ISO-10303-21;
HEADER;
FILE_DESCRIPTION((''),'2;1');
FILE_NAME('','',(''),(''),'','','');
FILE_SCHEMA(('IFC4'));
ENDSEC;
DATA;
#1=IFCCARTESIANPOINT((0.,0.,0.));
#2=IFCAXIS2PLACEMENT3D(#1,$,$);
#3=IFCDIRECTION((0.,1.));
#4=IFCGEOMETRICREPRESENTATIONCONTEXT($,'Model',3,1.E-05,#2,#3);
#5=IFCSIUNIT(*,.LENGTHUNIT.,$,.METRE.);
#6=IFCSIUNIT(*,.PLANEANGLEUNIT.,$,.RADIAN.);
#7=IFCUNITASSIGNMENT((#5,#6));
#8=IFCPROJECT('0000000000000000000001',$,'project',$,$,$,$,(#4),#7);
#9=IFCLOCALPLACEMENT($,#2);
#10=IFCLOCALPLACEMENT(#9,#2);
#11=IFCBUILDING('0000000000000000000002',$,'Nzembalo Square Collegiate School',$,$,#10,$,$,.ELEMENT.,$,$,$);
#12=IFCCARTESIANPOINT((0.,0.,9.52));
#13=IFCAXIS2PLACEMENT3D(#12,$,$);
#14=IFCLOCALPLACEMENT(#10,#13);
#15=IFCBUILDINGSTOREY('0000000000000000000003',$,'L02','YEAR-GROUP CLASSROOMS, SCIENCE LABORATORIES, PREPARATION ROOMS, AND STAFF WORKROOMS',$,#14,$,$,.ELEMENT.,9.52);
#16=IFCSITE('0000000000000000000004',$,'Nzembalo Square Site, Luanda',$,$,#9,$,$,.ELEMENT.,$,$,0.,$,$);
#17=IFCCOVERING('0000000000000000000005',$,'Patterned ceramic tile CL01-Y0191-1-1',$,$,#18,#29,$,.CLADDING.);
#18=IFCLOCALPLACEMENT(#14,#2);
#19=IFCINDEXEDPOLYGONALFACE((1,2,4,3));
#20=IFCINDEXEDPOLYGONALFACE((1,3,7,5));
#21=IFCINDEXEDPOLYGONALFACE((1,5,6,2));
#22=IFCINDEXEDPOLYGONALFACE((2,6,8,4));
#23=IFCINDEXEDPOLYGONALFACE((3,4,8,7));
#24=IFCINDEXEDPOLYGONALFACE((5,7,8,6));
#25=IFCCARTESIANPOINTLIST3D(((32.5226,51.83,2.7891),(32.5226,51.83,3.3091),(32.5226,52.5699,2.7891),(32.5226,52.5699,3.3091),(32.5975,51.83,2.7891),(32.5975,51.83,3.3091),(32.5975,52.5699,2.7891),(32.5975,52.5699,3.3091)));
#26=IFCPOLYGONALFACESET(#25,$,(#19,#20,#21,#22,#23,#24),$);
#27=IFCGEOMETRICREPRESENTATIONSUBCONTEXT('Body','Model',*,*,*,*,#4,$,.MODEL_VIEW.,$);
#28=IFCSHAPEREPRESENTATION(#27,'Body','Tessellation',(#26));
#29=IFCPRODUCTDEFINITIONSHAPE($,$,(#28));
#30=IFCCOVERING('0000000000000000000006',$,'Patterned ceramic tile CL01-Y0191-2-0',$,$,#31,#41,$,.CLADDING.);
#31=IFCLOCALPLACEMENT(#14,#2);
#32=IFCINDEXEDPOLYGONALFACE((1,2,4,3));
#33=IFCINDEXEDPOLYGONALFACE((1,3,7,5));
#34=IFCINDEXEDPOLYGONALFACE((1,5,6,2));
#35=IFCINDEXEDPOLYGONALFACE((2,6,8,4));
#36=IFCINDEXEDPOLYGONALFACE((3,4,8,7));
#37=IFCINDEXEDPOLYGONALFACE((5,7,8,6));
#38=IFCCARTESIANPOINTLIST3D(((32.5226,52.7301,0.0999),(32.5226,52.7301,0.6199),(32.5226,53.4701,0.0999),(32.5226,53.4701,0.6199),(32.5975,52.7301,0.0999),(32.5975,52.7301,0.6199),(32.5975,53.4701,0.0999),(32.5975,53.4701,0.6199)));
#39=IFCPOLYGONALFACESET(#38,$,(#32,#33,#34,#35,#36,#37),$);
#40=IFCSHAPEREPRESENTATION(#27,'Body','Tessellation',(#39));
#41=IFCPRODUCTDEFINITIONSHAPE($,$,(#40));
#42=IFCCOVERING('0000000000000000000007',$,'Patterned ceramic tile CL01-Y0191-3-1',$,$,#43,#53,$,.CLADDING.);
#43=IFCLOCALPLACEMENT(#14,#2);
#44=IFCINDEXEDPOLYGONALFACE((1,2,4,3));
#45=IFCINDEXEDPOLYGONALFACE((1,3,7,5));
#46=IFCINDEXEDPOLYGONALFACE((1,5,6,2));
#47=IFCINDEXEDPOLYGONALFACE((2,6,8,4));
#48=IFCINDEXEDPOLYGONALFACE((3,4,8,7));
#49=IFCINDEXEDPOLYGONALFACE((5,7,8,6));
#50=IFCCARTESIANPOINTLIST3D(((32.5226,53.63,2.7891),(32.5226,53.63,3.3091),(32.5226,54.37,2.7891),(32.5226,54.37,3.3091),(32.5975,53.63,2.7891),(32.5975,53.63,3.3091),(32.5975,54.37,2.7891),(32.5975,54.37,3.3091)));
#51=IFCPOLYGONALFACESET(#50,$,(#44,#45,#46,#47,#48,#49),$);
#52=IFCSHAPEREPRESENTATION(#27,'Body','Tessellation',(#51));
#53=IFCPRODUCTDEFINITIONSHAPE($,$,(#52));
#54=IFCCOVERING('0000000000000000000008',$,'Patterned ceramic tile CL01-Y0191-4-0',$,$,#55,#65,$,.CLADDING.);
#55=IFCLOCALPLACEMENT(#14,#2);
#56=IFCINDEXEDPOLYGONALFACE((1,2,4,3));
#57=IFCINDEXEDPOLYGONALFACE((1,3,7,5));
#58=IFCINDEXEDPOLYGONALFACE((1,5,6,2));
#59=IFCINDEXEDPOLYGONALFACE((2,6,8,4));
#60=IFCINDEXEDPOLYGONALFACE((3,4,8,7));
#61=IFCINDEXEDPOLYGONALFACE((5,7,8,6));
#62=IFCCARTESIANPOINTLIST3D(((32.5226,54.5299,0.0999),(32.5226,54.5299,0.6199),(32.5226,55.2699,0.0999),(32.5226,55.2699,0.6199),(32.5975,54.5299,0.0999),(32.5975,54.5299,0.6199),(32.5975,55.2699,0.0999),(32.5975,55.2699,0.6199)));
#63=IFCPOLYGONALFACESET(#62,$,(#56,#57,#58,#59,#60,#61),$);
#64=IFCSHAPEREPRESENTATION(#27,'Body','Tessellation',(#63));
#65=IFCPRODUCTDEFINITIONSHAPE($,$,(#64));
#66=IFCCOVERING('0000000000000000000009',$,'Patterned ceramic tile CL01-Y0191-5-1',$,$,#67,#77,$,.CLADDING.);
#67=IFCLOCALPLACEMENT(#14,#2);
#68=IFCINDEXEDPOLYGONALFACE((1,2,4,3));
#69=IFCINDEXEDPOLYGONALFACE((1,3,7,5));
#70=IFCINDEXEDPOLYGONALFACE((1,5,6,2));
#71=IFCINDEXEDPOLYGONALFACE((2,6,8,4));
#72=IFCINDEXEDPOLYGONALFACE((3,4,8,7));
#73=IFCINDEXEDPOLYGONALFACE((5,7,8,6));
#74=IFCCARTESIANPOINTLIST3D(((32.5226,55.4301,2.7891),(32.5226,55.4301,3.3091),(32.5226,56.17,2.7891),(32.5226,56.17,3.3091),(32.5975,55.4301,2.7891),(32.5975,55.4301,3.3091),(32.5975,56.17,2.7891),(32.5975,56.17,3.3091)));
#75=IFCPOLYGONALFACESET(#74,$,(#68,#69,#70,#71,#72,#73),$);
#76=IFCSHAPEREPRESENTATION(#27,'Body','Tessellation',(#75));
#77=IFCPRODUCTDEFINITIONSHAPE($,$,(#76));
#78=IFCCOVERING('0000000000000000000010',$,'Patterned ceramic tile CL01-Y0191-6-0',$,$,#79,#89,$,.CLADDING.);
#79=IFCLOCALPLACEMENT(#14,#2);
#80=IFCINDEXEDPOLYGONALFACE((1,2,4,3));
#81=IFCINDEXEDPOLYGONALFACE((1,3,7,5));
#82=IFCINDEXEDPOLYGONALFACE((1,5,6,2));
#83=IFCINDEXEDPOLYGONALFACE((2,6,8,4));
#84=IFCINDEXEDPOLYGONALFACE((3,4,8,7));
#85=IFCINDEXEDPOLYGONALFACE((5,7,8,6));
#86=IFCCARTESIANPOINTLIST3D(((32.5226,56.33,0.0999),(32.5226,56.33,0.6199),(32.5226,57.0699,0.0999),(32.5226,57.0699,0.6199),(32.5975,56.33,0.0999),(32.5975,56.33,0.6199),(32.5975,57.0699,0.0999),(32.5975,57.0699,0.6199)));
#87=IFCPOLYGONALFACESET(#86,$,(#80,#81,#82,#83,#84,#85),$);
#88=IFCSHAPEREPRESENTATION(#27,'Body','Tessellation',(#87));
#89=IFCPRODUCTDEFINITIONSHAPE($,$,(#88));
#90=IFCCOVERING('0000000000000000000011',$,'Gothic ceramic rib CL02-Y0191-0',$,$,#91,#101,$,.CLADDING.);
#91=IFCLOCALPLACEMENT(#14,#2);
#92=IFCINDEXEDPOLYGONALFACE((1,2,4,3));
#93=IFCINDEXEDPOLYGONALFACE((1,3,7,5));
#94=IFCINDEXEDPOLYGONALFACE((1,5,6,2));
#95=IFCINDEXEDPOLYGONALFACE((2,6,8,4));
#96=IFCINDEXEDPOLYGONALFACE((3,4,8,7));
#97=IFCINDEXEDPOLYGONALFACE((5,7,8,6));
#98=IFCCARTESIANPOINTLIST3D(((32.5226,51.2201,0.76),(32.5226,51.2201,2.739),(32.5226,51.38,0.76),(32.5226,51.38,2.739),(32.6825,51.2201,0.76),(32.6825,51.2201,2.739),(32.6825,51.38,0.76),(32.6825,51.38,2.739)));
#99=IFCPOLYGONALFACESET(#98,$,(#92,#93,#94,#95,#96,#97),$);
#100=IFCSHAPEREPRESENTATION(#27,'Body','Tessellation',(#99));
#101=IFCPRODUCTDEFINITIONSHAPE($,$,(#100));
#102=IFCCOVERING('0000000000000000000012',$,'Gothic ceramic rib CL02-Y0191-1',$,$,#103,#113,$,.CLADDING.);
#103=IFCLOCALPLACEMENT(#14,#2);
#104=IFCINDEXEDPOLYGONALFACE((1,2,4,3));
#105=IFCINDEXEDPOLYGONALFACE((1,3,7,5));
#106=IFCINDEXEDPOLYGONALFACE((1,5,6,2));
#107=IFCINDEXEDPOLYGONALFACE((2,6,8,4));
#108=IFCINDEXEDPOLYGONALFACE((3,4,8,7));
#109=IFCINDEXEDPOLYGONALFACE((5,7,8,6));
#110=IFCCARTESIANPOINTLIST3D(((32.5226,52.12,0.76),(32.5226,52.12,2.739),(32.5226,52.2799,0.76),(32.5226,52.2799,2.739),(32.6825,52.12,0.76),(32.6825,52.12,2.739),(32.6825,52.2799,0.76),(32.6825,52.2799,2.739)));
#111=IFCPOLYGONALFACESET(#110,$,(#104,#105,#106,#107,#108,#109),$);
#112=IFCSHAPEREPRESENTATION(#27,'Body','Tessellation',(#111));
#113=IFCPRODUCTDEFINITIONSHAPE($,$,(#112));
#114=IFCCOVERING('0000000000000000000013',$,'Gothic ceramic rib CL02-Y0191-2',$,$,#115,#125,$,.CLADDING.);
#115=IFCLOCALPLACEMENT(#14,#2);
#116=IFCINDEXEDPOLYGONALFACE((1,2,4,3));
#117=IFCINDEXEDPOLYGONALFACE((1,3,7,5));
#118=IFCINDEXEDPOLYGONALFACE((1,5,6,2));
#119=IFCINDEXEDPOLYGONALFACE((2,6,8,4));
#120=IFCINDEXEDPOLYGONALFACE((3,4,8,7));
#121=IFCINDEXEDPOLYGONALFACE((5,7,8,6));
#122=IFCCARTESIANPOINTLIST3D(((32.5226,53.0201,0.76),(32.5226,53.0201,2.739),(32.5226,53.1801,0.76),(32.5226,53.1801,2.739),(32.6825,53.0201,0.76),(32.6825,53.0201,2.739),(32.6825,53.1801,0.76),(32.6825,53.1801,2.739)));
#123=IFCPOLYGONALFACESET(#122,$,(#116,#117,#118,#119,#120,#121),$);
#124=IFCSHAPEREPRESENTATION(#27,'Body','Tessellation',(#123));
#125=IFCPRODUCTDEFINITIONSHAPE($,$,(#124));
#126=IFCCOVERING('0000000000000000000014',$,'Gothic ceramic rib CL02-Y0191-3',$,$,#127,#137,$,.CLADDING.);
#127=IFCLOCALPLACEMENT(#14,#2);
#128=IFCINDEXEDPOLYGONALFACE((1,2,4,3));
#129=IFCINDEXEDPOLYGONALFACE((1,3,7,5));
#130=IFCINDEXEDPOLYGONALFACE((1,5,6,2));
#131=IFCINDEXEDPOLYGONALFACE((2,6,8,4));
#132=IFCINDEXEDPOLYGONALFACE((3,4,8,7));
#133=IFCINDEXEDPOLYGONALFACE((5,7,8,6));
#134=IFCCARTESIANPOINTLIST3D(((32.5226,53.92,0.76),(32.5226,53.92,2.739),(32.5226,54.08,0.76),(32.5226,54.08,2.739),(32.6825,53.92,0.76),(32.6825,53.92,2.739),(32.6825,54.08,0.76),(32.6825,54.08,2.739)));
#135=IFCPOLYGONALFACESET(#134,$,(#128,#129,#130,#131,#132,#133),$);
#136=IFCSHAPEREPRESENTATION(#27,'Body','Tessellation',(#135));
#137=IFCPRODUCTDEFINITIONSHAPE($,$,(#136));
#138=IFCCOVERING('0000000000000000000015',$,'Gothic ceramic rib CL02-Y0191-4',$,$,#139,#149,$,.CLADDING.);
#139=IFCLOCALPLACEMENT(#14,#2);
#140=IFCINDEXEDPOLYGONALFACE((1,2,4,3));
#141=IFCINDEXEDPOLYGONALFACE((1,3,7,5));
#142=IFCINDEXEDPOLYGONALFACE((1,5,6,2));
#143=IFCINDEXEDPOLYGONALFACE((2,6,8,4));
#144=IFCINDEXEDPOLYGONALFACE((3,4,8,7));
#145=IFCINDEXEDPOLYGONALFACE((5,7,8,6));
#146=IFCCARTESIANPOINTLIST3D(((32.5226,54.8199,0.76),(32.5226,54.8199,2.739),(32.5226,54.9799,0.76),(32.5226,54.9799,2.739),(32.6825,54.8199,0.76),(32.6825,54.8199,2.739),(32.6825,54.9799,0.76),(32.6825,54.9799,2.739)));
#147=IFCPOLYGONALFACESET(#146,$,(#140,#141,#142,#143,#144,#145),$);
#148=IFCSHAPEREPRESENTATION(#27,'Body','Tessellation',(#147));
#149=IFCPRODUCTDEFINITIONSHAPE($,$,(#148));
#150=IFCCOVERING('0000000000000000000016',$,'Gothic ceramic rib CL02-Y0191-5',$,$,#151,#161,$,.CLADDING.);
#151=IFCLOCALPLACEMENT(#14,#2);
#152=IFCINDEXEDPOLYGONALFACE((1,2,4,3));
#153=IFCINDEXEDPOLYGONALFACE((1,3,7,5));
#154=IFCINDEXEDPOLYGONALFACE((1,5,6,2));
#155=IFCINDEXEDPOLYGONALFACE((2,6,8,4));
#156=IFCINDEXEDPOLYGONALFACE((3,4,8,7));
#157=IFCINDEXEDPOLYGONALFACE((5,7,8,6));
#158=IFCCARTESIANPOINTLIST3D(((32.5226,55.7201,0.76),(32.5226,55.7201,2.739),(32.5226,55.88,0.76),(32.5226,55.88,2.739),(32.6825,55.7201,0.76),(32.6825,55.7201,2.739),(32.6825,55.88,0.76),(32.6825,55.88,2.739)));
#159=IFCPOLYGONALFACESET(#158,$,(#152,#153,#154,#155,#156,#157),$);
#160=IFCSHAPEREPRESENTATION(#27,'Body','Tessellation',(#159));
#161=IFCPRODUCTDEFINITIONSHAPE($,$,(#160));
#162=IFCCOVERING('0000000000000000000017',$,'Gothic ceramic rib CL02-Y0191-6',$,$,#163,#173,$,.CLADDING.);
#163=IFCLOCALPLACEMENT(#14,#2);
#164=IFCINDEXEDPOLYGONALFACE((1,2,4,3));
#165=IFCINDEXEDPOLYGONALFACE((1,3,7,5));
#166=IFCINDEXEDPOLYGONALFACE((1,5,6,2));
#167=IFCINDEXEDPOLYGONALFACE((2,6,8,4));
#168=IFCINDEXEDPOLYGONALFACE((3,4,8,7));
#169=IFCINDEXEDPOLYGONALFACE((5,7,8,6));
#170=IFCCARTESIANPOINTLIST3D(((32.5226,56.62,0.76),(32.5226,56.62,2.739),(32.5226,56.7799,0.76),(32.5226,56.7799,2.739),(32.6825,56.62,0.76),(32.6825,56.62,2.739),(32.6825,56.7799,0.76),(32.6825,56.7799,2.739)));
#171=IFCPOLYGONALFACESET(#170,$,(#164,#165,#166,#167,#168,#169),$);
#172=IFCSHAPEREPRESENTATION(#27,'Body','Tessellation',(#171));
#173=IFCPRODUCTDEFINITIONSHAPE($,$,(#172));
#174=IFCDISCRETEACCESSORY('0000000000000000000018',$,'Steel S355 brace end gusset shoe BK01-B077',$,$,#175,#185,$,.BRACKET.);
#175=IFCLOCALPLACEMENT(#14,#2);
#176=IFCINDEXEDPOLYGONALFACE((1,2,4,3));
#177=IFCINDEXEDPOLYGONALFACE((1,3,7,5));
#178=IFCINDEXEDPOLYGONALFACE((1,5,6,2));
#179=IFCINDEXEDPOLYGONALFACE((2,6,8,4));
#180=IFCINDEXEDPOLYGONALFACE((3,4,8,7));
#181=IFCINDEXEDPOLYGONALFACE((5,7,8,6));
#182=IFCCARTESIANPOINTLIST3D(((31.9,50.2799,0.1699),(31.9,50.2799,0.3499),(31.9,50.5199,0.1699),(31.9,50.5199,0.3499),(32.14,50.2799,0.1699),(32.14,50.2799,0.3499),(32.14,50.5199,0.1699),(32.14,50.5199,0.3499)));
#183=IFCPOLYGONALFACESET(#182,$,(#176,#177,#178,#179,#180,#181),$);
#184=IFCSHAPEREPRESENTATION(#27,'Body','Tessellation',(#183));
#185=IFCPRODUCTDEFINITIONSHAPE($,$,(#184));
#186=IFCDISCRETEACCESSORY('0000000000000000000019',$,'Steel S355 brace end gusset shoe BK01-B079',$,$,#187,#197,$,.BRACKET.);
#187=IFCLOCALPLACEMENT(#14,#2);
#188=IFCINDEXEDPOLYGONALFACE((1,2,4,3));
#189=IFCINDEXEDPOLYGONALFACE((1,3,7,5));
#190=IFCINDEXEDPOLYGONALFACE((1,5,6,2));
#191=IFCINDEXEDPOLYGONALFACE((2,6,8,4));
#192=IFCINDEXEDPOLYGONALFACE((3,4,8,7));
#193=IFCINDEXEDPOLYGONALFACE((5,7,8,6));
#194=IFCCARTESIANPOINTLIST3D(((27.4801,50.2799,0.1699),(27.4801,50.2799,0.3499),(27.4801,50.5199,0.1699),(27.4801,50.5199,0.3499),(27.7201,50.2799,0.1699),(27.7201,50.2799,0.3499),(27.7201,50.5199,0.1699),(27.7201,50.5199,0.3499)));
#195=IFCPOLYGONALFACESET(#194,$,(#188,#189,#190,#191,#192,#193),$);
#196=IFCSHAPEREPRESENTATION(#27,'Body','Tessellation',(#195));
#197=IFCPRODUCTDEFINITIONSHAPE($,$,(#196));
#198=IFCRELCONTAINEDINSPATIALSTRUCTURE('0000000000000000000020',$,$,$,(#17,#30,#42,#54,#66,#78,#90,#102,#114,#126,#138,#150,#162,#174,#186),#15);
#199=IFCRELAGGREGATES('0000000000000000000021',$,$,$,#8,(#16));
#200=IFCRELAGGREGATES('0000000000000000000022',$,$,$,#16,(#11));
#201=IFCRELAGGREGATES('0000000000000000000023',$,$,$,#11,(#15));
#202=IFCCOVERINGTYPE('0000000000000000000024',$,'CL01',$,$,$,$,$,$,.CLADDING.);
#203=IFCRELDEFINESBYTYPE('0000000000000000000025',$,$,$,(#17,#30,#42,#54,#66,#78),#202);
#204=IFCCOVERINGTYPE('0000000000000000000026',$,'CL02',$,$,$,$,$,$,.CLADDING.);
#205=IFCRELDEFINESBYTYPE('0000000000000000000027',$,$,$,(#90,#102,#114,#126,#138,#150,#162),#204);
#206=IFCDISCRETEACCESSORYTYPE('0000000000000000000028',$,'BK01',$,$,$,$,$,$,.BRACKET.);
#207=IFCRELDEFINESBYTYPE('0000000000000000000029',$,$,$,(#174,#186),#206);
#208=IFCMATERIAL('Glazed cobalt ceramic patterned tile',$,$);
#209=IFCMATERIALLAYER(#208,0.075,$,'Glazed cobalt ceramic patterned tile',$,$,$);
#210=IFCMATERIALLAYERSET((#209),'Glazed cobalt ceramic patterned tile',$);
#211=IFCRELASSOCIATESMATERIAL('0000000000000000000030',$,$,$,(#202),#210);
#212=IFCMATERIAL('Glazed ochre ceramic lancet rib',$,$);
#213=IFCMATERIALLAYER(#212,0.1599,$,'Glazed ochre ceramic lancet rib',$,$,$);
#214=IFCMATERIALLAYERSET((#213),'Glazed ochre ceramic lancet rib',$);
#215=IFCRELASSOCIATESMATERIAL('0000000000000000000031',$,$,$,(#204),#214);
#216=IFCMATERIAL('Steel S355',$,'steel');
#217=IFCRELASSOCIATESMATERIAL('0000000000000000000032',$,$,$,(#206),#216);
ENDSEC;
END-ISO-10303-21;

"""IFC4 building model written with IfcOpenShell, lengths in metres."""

from ifc_helpers import new_model, si_unit, direction, frame, origin, origin_2d, place, context, subcontext, project, spatial, rectangle, extrude, material, layer, layer_set, type_object, element, save


model = new_model("IFC4")

# Units and contexts
model_context = context("Model", 3, precision=1e-05, world=origin(), true_north=direction((0.0, 1.0)))
body_context = subcontext(model_context, "Body", "Model", "MODEL_VIEW")
ifc_project = project(units=[si_unit("LENGTHUNIT", "METRE"), si_unit("PLANEANGLEUNIT", "RADIAN")], contexts=[model_context])

# Site, building, storey
site_placement = place(None, origin())
site = spatial("IfcSite", under=ifc_project, at=site_placement, Name="Nzembalo Square Site, Luanda", CompositionType="ELEMENT", RefElevation=0.0)
building_placement = place(site_placement, origin())
building = spatial("IfcBuilding", under=site, at=building_placement, Name="Nzembalo Square Collegiate School", CompositionType="ELEMENT")
storey_placement = place(building_placement, frame((0.0, 0.0, 9.52)))
storey = spatial("IfcBuildingStorey", under=building, at=storey_placement, Name="L02", Description="YEAR-GROUP CLASSROOMS, SCIENCE LABORATORIES, PREPARATION ROOMS, AND STAFF WORKROOMS", CompositionType="ELEMENT", Elevation=9.52)

# Coverings
ifc_material_1 = material(Name="Glazed cobalt ceramic patterned tile")
ifc_layer_1 = layer(ifc_material_1, 0.075, Name="Glazed cobalt ceramic patterned tile")
ifc_layer_set_1 = layer_set([ifc_layer_1], Name="Glazed cobalt ceramic patterned tile")
covering_type_1 = type_object("IfcCoveringType", Name="CL01", PredefinedType="CLADDING", material=ifc_layer_set_1)
for number, where, z_axis, x_axis, name in (
    (1, (32.5601, 52.2, 2.7891), (0.0, 0.0, 1.0), (1.0, 0.0, 0.0), "Patterned ceramic tile CL01-Y0191-1-1"),
    (2, (32.5601, 53.1001, 0.0999), (0.0, 0.0, 1.0), (1.0, 0.0, 0.0), "Patterned ceramic tile CL01-Y0191-2-0"),
    (3, (32.5601, 54.0, 2.7891), (0.0, 0.0, 1.0), (1.0, 0.0, 0.0), "Patterned ceramic tile CL01-Y0191-3-1"),
    (4, (32.5601, 54.8999, 0.0999), (0.0, 0.0, 1.0), (1.0, 0.0, 0.0), "Patterned ceramic tile CL01-Y0191-4-0"),
    (5, (32.5601, 55.8, 2.7891), (0.0, 0.0, 1.0), (1.0, 0.0, 0.0), "Patterned ceramic tile CL01-Y0191-5-1"),
    (6, (32.5601, 56.7, 0.0999), (0.0, 0.0, 1.0), (1.0, 0.0, 0.0), "Patterned ceramic tile CL01-Y0191-6-0"),
):
    element("IfcCovering", number, at=place(storey_placement, frame(where, z_axis=z_axis, x_axis=x_axis)), inside=storey, type_object=covering_type_1, Name=name, PredefinedType="CLADDING", context=body_context, shape_type="SweptSolid", body=[
        extrude(rectangle(XDim=0.075, YDim=0.74, at=origin_2d()), origin(), (0.0, 0.0, 1.0), 0.52),
    ])
ifc_material_2 = material(Name="Glazed ochre ceramic lancet rib")
ifc_layer_2 = layer(ifc_material_2, 0.1599, Name="Glazed ochre ceramic lancet rib")
ifc_layer_set_2 = layer_set([ifc_layer_2], Name="Glazed ochre ceramic lancet rib")
covering_type_2 = type_object("IfcCoveringType", Name="CL02", PredefinedType="CLADDING", material=ifc_layer_set_2)
for number, where, z_axis, x_axis, name in (
    (7, (32.6025, 51.3, 0.76), (0.0, 0.0, 1.0), (1.0, 0.0, 0.0), "Gothic ceramic rib CL02-Y0191-0"),
    (8, (32.6025, 52.2, 0.76), (0.0, 0.0, 1.0), (1.0, 0.0, 0.0), "Gothic ceramic rib CL02-Y0191-1"),
    (9, (32.6025, 53.1001, 0.76), (0.0, 0.0, 1.0), (1.0, 0.0, 0.0), "Gothic ceramic rib CL02-Y0191-2"),
    (10, (32.6025, 54.0, 0.76), (0.0, 0.0, 1.0), (1.0, 0.0, 0.0), "Gothic ceramic rib CL02-Y0191-3"),
    (11, (32.6025, 54.8999, 0.76), (0.0, 0.0, 1.0), (1.0, 0.0, 0.0), "Gothic ceramic rib CL02-Y0191-4"),
    (12, (32.6025, 55.8, 0.76), (0.0, 0.0, 1.0), (1.0, 0.0, 0.0), "Gothic ceramic rib CL02-Y0191-5"),
    (13, (32.6025, 56.7, 0.76), (0.0, 0.0, 1.0), (1.0, 0.0, 0.0), "Gothic ceramic rib CL02-Y0191-6"),
):
    element("IfcCovering", number, at=place(storey_placement, frame(where, z_axis=z_axis, x_axis=x_axis)), inside=storey, type_object=covering_type_2, Name=name, PredefinedType="CLADDING", context=body_context, shape_type="SweptSolid", body=[
        extrude(rectangle(XDim=0.1599, YDim=0.1599, at=origin_2d()), origin(), (0.0, 0.0, 1.0), 1.979),
    ])

# Discrete accessories
ifc_material_3 = material(Name="Steel S355", Category="steel")
discrete_accessory_type = type_object("IfcDiscreteAccessoryType", Name="BK01", PredefinedType="BRACKET", material=ifc_material_3)
for number, where, z_axis, x_axis, name in (
    (14, (32.02, 50.3999, 0.1699), (0.0, 0.0, 1.0), (1.0, 0.0, 0.0), "Steel S355 brace end gusset shoe BK01-B077"),
    (15, (27.6001, 50.3999, 0.1699), (0.0, 0.0, 1.0), (1.0, 0.0, 0.0), "Steel S355 brace end gusset shoe BK01-B079"),
):
    element("IfcDiscreteAccessory", number, at=place(storey_placement, frame(where, z_axis=z_axis, x_axis=x_axis)), inside=storey, type_object=discrete_accessory_type, Name=name, PredefinedType="BRACKET", context=body_context, shape_type="SweptSolid", body=[
        extrude(rectangle(XDim=0.24, YDim=0.24, at=origin_2d()), origin(), (0.0, 0.0, 1.0), 0.1799),
    ])

save(model, "model.ifc")
